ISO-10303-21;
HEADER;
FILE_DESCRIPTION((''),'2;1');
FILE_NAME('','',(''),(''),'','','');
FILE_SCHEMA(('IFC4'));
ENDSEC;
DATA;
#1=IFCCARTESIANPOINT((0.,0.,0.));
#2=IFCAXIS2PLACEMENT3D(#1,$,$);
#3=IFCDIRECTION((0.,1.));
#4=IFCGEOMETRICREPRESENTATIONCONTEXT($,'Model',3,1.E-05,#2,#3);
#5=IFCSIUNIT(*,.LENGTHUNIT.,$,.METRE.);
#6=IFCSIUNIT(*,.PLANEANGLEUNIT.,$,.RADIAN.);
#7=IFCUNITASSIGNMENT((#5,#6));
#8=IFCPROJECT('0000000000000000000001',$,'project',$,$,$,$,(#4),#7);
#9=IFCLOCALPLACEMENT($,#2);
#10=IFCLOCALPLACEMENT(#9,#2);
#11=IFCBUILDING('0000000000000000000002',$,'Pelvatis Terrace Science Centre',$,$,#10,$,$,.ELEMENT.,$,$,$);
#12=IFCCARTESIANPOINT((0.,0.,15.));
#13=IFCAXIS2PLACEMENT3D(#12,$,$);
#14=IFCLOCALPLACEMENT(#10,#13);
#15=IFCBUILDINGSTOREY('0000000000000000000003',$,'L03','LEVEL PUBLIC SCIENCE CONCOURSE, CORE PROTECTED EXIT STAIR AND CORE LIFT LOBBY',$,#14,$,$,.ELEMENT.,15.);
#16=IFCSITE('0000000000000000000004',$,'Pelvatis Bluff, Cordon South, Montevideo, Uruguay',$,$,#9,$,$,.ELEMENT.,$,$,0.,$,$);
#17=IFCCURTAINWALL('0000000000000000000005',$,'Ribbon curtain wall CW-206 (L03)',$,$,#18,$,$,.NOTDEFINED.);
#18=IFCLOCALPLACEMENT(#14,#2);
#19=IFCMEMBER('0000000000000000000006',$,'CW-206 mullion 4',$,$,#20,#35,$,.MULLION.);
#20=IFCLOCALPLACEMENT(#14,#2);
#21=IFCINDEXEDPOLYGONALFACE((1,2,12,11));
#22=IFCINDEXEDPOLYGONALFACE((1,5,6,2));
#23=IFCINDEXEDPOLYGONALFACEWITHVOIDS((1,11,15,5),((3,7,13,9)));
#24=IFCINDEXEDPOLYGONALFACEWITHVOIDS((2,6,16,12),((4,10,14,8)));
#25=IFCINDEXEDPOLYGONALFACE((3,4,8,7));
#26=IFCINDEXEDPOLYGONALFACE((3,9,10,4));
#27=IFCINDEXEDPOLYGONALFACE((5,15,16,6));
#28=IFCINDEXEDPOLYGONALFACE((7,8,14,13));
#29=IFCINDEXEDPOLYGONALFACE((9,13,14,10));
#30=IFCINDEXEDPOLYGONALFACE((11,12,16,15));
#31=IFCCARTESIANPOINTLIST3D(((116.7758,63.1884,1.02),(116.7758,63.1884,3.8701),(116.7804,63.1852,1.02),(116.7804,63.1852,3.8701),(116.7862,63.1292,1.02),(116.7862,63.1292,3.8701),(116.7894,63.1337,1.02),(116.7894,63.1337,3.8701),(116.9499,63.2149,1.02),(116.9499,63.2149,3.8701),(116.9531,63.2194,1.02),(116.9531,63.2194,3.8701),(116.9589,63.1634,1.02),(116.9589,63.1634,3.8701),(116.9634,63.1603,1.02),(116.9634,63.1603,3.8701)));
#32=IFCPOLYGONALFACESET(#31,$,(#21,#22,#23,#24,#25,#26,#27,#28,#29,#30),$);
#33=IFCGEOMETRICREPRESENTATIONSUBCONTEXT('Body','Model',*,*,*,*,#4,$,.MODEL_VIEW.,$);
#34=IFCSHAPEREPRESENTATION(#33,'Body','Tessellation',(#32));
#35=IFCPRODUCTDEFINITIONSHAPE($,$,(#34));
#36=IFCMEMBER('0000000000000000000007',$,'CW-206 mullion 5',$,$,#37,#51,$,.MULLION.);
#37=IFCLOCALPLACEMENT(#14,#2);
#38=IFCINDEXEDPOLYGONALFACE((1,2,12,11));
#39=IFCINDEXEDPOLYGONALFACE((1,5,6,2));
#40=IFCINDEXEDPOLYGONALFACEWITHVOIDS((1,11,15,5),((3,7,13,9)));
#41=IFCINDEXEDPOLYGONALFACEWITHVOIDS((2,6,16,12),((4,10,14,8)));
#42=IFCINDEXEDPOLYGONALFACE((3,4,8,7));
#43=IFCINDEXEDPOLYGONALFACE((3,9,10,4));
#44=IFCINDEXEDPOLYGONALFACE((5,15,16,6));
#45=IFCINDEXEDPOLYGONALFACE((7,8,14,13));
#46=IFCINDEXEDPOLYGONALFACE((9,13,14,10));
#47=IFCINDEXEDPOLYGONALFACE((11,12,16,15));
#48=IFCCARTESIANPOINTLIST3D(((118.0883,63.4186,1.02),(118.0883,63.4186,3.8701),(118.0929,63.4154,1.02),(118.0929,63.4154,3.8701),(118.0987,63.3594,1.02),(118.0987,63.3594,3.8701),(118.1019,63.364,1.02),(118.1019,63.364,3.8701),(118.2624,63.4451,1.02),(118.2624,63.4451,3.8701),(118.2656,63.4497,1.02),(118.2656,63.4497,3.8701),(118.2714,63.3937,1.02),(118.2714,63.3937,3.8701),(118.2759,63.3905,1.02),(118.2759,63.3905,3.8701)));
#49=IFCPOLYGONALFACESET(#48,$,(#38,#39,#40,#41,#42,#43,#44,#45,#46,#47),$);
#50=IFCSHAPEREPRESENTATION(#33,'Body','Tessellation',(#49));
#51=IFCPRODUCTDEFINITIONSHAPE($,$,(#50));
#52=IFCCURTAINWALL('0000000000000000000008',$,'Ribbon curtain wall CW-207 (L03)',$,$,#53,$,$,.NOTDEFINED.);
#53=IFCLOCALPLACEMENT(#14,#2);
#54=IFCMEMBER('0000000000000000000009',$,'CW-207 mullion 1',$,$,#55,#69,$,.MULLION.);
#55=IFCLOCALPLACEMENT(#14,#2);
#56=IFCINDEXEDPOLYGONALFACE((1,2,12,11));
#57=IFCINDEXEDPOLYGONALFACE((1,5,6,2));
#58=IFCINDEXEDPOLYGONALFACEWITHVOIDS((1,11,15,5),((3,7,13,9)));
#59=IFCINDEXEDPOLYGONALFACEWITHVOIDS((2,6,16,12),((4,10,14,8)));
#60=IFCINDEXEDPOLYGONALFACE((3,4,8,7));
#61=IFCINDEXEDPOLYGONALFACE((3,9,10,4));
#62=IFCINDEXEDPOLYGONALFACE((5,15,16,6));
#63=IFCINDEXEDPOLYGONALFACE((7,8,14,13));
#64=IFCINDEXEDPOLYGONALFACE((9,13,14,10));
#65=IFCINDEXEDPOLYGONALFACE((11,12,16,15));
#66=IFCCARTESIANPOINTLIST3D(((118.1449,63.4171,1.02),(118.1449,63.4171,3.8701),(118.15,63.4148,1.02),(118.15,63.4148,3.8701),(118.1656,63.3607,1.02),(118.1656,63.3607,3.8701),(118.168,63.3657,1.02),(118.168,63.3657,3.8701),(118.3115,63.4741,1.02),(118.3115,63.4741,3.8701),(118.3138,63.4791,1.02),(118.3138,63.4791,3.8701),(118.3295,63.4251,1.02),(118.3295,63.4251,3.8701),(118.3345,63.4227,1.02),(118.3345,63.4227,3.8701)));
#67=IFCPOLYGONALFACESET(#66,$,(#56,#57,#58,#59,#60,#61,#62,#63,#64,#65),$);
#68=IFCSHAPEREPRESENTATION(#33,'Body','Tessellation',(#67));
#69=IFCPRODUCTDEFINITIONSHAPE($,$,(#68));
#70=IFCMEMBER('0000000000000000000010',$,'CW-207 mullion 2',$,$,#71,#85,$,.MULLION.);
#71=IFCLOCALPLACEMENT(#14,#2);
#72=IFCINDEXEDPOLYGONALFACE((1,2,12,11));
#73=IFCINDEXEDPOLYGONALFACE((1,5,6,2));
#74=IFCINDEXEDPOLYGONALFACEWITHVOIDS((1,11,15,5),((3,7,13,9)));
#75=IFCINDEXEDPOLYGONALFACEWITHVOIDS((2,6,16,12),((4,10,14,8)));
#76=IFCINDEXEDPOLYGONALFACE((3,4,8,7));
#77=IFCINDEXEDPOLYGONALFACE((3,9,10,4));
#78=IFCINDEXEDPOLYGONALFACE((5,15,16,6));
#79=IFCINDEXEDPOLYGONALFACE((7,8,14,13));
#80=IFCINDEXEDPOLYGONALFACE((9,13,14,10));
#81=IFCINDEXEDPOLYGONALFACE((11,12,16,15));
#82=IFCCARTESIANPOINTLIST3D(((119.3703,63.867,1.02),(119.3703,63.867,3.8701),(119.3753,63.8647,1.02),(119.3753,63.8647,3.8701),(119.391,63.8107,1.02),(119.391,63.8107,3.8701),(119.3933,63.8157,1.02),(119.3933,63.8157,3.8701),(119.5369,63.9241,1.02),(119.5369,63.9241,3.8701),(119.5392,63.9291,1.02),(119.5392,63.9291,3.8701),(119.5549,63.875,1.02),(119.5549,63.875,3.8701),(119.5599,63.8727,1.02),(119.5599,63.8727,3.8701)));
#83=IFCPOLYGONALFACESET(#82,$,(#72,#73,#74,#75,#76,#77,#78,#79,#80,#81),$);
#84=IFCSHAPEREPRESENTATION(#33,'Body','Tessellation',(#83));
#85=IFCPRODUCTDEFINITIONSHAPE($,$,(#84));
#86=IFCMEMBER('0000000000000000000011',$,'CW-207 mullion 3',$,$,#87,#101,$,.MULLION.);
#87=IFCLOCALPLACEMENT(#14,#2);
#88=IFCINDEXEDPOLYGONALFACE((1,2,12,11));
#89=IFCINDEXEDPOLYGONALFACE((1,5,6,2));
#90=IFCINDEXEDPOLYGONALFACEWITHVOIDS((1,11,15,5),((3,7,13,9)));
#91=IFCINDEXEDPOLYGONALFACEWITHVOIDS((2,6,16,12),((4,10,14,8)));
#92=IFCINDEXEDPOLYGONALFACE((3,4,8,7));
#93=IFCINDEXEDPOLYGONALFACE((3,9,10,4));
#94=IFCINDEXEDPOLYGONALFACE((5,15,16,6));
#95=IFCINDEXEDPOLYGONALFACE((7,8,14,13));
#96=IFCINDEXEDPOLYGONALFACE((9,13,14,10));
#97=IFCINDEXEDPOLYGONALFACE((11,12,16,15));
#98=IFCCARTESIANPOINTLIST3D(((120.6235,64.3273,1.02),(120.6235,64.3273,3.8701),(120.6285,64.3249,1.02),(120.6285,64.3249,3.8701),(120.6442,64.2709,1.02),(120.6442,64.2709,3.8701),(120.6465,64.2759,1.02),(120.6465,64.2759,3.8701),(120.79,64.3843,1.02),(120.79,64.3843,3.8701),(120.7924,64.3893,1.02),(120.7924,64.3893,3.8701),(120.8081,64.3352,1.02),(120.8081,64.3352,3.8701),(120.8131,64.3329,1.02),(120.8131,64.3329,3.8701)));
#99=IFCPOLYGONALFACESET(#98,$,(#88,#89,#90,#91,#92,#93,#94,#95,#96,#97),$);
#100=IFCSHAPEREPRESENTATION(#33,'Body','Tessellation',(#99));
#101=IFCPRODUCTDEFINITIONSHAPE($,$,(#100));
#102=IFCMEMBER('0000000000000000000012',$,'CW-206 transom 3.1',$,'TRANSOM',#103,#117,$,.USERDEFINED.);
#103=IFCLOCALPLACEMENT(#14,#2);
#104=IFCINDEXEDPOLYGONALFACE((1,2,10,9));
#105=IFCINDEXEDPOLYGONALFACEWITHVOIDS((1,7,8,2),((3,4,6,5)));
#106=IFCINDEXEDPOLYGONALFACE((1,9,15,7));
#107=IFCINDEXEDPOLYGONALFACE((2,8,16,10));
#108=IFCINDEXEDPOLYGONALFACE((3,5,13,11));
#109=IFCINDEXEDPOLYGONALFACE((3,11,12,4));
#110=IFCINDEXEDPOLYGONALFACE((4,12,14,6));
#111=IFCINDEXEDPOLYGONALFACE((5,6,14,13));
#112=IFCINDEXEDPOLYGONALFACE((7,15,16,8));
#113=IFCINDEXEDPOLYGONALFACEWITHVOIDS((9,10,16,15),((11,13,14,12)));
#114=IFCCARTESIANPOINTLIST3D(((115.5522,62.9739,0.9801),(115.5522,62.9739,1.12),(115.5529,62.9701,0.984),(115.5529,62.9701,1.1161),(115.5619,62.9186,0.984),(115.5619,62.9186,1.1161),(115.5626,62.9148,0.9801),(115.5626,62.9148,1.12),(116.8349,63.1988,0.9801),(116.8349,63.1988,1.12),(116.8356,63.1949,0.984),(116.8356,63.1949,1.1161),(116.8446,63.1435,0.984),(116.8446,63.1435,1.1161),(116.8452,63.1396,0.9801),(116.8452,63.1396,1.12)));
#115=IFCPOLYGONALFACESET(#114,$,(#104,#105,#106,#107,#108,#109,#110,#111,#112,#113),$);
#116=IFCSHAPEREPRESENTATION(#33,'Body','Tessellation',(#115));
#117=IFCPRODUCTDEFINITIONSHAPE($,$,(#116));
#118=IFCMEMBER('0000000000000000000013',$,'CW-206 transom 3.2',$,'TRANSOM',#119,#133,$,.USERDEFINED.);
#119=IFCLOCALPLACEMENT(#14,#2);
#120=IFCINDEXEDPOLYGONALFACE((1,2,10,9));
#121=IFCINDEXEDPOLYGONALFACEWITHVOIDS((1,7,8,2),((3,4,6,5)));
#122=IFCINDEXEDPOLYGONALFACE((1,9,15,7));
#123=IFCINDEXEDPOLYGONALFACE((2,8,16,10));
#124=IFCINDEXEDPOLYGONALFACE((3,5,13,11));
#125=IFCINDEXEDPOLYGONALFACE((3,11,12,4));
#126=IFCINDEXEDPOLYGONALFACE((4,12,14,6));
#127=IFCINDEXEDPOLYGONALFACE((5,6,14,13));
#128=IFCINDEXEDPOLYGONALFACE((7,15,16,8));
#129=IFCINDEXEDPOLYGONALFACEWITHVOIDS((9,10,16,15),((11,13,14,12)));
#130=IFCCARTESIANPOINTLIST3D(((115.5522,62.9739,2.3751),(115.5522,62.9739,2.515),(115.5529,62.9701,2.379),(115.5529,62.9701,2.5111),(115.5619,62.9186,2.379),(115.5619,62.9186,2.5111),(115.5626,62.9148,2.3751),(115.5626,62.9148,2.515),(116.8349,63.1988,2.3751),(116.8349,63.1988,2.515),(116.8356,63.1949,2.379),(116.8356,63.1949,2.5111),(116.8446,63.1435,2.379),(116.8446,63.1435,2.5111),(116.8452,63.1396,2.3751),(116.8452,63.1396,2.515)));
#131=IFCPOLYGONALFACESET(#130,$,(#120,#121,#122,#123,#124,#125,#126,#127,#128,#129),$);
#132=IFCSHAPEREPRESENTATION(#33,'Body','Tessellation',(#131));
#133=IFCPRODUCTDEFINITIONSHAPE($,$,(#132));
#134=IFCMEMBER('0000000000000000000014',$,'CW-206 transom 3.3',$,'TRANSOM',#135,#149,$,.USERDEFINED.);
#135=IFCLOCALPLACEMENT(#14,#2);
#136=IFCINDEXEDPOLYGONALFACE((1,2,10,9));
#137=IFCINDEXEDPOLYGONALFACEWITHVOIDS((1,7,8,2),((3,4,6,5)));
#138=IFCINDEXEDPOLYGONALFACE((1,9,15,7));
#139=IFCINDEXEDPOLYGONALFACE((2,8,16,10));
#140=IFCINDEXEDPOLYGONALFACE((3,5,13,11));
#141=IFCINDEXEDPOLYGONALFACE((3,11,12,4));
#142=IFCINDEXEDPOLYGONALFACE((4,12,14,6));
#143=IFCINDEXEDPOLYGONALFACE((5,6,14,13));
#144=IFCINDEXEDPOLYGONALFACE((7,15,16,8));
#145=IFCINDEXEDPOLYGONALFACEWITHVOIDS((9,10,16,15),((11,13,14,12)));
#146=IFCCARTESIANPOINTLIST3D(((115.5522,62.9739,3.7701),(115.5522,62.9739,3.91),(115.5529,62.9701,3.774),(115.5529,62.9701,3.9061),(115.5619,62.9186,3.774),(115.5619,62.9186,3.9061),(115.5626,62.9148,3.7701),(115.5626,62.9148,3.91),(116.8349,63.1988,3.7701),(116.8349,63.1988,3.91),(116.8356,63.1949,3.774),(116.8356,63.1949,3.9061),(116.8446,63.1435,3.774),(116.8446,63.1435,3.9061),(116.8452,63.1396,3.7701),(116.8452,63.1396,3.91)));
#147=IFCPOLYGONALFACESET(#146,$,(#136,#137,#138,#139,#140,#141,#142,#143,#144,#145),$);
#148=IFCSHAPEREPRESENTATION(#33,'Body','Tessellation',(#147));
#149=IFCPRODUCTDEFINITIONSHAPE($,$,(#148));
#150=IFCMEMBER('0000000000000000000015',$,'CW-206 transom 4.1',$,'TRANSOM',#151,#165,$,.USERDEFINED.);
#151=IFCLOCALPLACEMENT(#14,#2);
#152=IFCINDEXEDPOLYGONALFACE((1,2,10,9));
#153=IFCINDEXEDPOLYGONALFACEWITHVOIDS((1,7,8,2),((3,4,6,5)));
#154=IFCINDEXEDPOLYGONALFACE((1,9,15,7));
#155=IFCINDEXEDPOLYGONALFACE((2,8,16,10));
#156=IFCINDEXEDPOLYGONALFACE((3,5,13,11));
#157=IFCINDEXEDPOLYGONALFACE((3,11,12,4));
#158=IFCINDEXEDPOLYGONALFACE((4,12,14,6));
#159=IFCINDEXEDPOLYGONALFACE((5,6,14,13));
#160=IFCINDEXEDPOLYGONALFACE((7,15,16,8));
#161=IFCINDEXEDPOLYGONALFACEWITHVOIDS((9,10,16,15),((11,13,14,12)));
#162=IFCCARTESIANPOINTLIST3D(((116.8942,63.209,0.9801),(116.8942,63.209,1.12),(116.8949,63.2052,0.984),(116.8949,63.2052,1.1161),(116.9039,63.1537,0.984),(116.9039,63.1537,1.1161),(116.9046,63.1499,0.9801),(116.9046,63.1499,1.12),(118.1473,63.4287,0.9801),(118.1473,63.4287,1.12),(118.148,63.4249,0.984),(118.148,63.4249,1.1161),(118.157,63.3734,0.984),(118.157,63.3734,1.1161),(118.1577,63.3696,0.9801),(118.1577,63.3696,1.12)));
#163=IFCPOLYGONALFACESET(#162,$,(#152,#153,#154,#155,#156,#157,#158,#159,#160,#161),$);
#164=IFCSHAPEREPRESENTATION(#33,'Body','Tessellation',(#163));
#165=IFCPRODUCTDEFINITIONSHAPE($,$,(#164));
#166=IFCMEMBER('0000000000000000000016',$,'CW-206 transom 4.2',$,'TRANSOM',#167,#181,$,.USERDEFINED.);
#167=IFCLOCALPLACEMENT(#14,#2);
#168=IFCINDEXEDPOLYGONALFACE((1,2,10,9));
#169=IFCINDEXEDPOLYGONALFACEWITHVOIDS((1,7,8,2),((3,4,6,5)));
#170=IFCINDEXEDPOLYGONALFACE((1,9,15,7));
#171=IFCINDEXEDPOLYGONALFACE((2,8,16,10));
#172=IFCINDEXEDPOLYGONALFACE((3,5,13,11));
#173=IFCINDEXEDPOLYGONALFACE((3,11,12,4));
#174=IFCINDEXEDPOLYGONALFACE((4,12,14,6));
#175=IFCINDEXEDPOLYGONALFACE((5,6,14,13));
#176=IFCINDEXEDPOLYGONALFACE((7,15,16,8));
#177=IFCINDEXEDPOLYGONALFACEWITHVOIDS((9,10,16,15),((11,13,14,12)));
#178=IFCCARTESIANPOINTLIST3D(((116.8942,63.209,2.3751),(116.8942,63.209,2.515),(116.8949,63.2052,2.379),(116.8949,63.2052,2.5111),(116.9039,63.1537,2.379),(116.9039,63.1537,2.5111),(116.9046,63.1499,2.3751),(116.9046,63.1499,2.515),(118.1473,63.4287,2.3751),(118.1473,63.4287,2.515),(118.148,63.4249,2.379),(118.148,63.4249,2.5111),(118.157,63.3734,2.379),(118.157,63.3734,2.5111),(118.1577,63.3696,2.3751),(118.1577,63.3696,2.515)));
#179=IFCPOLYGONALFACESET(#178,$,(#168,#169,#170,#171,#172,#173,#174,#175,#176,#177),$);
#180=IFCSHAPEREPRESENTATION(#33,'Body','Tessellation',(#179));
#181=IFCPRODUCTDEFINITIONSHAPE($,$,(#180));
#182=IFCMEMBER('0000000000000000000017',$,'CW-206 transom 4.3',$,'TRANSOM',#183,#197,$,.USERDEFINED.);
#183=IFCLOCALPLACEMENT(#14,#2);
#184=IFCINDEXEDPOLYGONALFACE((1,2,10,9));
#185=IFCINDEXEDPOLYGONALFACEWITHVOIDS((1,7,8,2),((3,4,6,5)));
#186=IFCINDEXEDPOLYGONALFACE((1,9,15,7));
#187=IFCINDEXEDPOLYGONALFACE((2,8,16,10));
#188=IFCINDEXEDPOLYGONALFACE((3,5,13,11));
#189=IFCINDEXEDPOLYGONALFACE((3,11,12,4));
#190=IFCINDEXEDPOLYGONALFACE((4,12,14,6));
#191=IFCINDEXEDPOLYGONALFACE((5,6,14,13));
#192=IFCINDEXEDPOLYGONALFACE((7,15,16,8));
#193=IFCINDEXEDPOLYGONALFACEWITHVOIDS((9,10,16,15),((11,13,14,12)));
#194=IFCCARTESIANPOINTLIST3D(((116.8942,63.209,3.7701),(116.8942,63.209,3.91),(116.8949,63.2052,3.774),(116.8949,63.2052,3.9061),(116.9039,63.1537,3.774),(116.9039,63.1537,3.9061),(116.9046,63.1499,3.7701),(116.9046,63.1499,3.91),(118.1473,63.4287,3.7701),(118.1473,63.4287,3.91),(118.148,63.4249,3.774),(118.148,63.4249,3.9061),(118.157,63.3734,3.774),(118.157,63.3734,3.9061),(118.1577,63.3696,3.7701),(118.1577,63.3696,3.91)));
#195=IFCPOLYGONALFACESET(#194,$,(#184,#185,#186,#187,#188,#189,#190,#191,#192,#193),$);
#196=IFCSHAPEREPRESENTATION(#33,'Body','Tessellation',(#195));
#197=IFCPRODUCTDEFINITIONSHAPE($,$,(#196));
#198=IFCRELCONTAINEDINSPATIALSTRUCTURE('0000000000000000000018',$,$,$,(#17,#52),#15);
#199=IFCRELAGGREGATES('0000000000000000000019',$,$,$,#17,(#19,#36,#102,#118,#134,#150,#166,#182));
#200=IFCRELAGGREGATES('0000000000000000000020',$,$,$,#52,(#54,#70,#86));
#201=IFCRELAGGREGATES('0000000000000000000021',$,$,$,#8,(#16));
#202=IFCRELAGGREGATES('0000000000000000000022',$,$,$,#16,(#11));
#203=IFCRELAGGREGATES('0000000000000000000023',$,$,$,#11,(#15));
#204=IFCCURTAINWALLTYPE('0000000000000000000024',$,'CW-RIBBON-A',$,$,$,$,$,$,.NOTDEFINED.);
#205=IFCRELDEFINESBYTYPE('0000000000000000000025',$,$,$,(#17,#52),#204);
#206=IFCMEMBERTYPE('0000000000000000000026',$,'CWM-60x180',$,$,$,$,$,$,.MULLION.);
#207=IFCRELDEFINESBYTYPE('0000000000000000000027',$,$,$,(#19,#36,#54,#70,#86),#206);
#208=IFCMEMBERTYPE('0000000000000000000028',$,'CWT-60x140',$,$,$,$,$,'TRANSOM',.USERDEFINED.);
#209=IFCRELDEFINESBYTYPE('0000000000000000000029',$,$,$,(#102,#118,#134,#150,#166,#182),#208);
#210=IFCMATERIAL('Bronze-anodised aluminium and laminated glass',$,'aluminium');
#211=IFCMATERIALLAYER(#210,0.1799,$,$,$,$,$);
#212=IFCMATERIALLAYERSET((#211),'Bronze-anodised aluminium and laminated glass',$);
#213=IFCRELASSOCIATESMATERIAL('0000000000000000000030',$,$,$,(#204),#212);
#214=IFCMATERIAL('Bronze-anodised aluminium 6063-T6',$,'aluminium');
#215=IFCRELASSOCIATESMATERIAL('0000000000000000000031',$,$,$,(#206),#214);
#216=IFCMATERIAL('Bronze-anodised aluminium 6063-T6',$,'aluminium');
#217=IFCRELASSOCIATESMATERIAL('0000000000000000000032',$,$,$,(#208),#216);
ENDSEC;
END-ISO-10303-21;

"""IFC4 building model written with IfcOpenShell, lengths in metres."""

from ifc_helpers import new_model, si_unit, direction, frame, origin, origin_2d, place, context, subcontext, project, spatial, hollow_rectangle, extrude, material, layer, layer_set, material_profile, profile_set, type_object, element, aggregate, save


model = new_model("IFC4")

# Units and contexts
model_context = context("Model", 3, precision=1e-05, world=origin(), true_north=direction((0.0, 1.0)))
body_context = subcontext(model_context, "Body", "Model", "MODEL_VIEW")
ifc_project = project(units=[si_unit("LENGTHUNIT", "METRE"), si_unit("PLANEANGLEUNIT", "RADIAN")], contexts=[model_context])

# Site, building, storey
site_placement = place(None, origin())
site = spatial("IfcSite", under=ifc_project, at=site_placement, Name="Pelvatis Bluff, Cordon South, Montevideo, Uruguay", CompositionType="ELEMENT", RefElevation=0.0)
building_placement = place(site_placement, origin())
building = spatial("IfcBuilding", under=site, at=building_placement, Name="Pelvatis Terrace Science Centre", CompositionType="ELEMENT")
storey_placement = place(building_placement, frame((0.0, 0.0, 15.0)))
storey = spatial("IfcBuildingStorey", under=building, at=storey_placement, Name="L03", Description="LEVEL PUBLIC SCIENCE CONCOURSE, CORE PROTECTED EXIT STAIR AND CORE LIFT LOBBY", CompositionType="ELEMENT", Elevation=15.0)

# Curtain walls, members
ifc_material_1 = material(Name="Bronze-anodised aluminium and laminated glass", Category="aluminium")
ifc_layer_1 = layer(ifc_material_1, 0.1799)
ifc_layer_set_1 = layer_set([ifc_layer_1], Name="Bronze-anodised aluminium and laminated glass")
curtain_wall_type = type_object("IfcCurtainWallType", Name="CW-RIBBON-A", PredefinedType="NOTDEFINED", material=ifc_layer_set_1)
curtain_wall_1_placement = place(storey_placement, origin())
curtain_wall_1 = element("IfcCurtainWall", 1, at=curtain_wall_1_placement, inside=storey, type_object=curtain_wall_type, Name="Ribbon curtain wall CW-206 (L03)", PredefinedType="NOTDEFINED")
ifc_material_2 = material(Name="Bronze-anodised aluminium 6063-T6", Category="aluminium")
ifc_material_profile_1 = material_profile(ifc_material_2, hollow_rectangle(XDim=0.0601, YDim=0.1799, WallThickness=0.0039, at=origin_2d()), Name="ALU-MUL 60x180")
ifc_profile_set_1 = profile_set([ifc_material_profile_1], Name="Bronze-anodised aluminium 6063-T6")
member_type_1 = type_object("IfcMemberType", Name="CWM-60x180", PredefinedType="MULLION", material=ifc_profile_set_1)
member_1_placement = place(storey_placement, frame((116.8696, 63.1743, 1.02), z_axis=(0.0, 0.0, 1.0), x_axis=(-0.172671, 0.984979, 0.0)))
member_1 = element("IfcMember", 2, at=member_1_placement, type_object=member_type_1, Name="CW-206 mullion 4", PredefinedType="MULLION", context=body_context, shape_type="SweptSolid", body=[
    extrude(hollow_rectangle(XDim=0.0601, YDim=0.1799, WallThickness=0.0039, at=origin_2d()), origin(), (0.0, 0.0, 1.0), 2.8501),
])
member_2_placement = place(storey_placement, frame((118.1821, 63.4045, 1.02), z_axis=(0.0, 0.0, 1.0), x_axis=(-0.172671, 0.984979, 0.0)))
member_2 = element("IfcMember", 3, at=member_2_placement, type_object=member_type_1, Name="CW-206 mullion 5", PredefinedType="MULLION", context=body_context, shape_type="SweptSolid", body=[
    extrude(hollow_rectangle(XDim=0.0601, YDim=0.1799, WallThickness=0.0039, at=origin_2d()), origin(), (0.0, 0.0, 1.0), 2.8501),
])
curtain_wall_2_placement = place(storey_placement, origin())
curtain_wall_2 = element("IfcCurtainWall", 4, at=curtain_wall_2_placement, inside=storey, type_object=curtain_wall_type, Name="Ribbon curtain wall CW-207 (L03)", PredefinedType="NOTDEFINED")
member_3_placement = place(storey_placement, frame((118.2397, 63.4199, 1.02), z_axis=(0.0, 0.0, 1.0), x_axis=(-0.344715, 0.938707, 0.0)))
member_3 = element("IfcMember", 5, at=member_3_placement, type_object=member_type_1, Name="CW-207 mullion 1", PredefinedType="MULLION", context=body_context, shape_type="SweptSolid", body=[
    extrude(hollow_rectangle(XDim=0.0601, YDim=0.1799, WallThickness=0.0039, at=origin_2d()), origin(), (0.0, 0.0, 1.0), 2.8501),
])
member_4_placement = place(storey_placement, frame((119.4651, 63.8699, 1.02), z_axis=(0.0, 0.0, 1.0), x_axis=(-0.344715, 0.938707, 0.0)))
member_4 = element("IfcMember", 6, at=member_4_placement, type_object=member_type_1, Name="CW-207 mullion 2", PredefinedType="MULLION", context=body_context, shape_type="SweptSolid", body=[
    extrude(hollow_rectangle(XDim=0.0601, YDim=0.1799, WallThickness=0.0039, at=origin_2d()), origin(), (0.0, 0.0, 1.0), 2.8501),
])
member_5_placement = place(storey_placement, frame((120.7183, 64.3301, 1.02), z_axis=(0.0, 0.0, 1.0), x_axis=(-0.344715, 0.938707, 0.0)))
member_5 = element("IfcMember", 7, at=member_5_placement, type_object=member_type_1, Name="CW-207 mullion 3", PredefinedType="MULLION", context=body_context, shape_type="SweptSolid", body=[
    extrude(hollow_rectangle(XDim=0.0601, YDim=0.1799, WallThickness=0.0039, at=origin_2d()), origin(), (0.0, 0.0, 1.0), 2.8501),
])

# Members
ifc_material_3 = material(Name="Bronze-anodised aluminium 6063-T6", Category="aluminium")
ifc_material_profile_2 = material_profile(ifc_material_3, hollow_rectangle(XDim=0.0601, YDim=0.1399, WallThickness=0.0039, at=origin_2d()), Name="ALU-TRN 60x140")
ifc_profile_set_2 = profile_set([ifc_material_profile_2], Name="Bronze-anodised aluminium 6063-T6")
member_type_2 = type_object("IfcMemberType", Name="CWT-60x140", ElementType="TRANSOM", PredefinedType="USERDEFINED", material=ifc_profile_set_2)
member_6_placement = place(storey_placement, frame((115.5574, 62.9443, 1.05), z_axis=(0.984981, 0.172662, 0.0), x_axis=(-0.172662, 0.984981, 0.0)))
member_6 = element("IfcMember", 8, at=member_6_placement, type_object=member_type_2, Name="CW-206 transom 3.1", ObjectType="TRANSOM", PredefinedType="USERDEFINED", context=body_context, shape_type="SweptSolid", body=[
    extrude(hollow_rectangle(XDim=0.0601, YDim=0.1399, WallThickness=0.0039, at=origin_2d()), origin(), (0.0, 0.0, 1.0), 1.3022),
])
member_7_placement = place(storey_placement, frame((115.5574, 62.9443, 2.4451), z_axis=(0.984981, 0.172662, 0.0), x_axis=(-0.172662, 0.984981, 0.0)))
member_7 = element("IfcMember", 9, at=member_7_placement, type_object=member_type_2, Name="CW-206 transom 3.2", ObjectType="TRANSOM", PredefinedType="USERDEFINED", context=body_context, shape_type="SweptSolid", body=[
    extrude(hollow_rectangle(XDim=0.0601, YDim=0.1399, WallThickness=0.0039, at=origin_2d()), origin(), (0.0, 0.0, 1.0), 1.3022),
])
member_8_placement = place(storey_placement, frame((115.5574, 62.9443, 3.8401), z_axis=(0.984981, 0.172662, 0.0), x_axis=(-0.172662, 0.984981, 0.0)))
member_8 = element("IfcMember", 10, at=member_8_placement, type_object=member_type_2, Name="CW-206 transom 3.3", ObjectType="TRANSOM", PredefinedType="USERDEFINED", context=body_context, shape_type="SweptSolid", body=[
    extrude(hollow_rectangle(XDim=0.0601, YDim=0.1399, WallThickness=0.0039, at=origin_2d()), origin(), (0.0, 0.0, 1.0), 1.3022),
])
member_9_placement = place(storey_placement, frame((116.8994, 63.1794, 1.05), z_axis=(0.984974, 0.172701, 0.0), x_axis=(-0.172701, 0.984974, 0.0)))
member_9 = element("IfcMember", 11, at=member_9_placement, type_object=member_type_2, Name="CW-206 transom 4.1", ObjectType="TRANSOM", PredefinedType="USERDEFINED", context=body_context, shape_type="SweptSolid", body=[
    extrude(hollow_rectangle(XDim=0.0601, YDim=0.1399, WallThickness=0.0039, at=origin_2d()), origin(), (0.0, 0.0, 1.0), 1.2722),
])
member_10_placement = place(storey_placement, frame((116.8994, 63.1794, 2.4451), z_axis=(0.984974, 0.172701, 0.0), x_axis=(-0.172701, 0.984974, 0.0)))
member_10 = element("IfcMember", 12, at=member_10_placement, type_object=member_type_2, Name="CW-206 transom 4.2", ObjectType="TRANSOM", PredefinedType="USERDEFINED", context=body_context, shape_type="SweptSolid", body=[
    extrude(hollow_rectangle(XDim=0.0601, YDim=0.1399, WallThickness=0.0039, at=origin_2d()), origin(), (0.0, 0.0, 1.0), 1.2722),
])
member_11_placement = place(storey_placement, frame((116.8994, 63.1794, 3.8401), z_axis=(0.984974, 0.172701, 0.0), x_axis=(-0.172701, 0.984974, 0.0)))
member_11 = element("IfcMember", 13, at=member_11_placement, type_object=member_type_2, Name="CW-206 transom 4.3", ObjectType="TRANSOM", PredefinedType="USERDEFINED", context=body_context, shape_type="SweptSolid", body=[
    extrude(hollow_rectangle(XDim=0.0601, YDim=0.1399, WallThickness=0.0039, at=origin_2d()), origin(), (0.0, 0.0, 1.0), 1.2722),
])

aggregate(curtain_wall_1, [member_1, member_2, member_6, member_7, member_8, member_9, member_10, member_11])
aggregate(curtain_wall_2, [member_3, member_4, member_5])

save(model, "model.ifc")
